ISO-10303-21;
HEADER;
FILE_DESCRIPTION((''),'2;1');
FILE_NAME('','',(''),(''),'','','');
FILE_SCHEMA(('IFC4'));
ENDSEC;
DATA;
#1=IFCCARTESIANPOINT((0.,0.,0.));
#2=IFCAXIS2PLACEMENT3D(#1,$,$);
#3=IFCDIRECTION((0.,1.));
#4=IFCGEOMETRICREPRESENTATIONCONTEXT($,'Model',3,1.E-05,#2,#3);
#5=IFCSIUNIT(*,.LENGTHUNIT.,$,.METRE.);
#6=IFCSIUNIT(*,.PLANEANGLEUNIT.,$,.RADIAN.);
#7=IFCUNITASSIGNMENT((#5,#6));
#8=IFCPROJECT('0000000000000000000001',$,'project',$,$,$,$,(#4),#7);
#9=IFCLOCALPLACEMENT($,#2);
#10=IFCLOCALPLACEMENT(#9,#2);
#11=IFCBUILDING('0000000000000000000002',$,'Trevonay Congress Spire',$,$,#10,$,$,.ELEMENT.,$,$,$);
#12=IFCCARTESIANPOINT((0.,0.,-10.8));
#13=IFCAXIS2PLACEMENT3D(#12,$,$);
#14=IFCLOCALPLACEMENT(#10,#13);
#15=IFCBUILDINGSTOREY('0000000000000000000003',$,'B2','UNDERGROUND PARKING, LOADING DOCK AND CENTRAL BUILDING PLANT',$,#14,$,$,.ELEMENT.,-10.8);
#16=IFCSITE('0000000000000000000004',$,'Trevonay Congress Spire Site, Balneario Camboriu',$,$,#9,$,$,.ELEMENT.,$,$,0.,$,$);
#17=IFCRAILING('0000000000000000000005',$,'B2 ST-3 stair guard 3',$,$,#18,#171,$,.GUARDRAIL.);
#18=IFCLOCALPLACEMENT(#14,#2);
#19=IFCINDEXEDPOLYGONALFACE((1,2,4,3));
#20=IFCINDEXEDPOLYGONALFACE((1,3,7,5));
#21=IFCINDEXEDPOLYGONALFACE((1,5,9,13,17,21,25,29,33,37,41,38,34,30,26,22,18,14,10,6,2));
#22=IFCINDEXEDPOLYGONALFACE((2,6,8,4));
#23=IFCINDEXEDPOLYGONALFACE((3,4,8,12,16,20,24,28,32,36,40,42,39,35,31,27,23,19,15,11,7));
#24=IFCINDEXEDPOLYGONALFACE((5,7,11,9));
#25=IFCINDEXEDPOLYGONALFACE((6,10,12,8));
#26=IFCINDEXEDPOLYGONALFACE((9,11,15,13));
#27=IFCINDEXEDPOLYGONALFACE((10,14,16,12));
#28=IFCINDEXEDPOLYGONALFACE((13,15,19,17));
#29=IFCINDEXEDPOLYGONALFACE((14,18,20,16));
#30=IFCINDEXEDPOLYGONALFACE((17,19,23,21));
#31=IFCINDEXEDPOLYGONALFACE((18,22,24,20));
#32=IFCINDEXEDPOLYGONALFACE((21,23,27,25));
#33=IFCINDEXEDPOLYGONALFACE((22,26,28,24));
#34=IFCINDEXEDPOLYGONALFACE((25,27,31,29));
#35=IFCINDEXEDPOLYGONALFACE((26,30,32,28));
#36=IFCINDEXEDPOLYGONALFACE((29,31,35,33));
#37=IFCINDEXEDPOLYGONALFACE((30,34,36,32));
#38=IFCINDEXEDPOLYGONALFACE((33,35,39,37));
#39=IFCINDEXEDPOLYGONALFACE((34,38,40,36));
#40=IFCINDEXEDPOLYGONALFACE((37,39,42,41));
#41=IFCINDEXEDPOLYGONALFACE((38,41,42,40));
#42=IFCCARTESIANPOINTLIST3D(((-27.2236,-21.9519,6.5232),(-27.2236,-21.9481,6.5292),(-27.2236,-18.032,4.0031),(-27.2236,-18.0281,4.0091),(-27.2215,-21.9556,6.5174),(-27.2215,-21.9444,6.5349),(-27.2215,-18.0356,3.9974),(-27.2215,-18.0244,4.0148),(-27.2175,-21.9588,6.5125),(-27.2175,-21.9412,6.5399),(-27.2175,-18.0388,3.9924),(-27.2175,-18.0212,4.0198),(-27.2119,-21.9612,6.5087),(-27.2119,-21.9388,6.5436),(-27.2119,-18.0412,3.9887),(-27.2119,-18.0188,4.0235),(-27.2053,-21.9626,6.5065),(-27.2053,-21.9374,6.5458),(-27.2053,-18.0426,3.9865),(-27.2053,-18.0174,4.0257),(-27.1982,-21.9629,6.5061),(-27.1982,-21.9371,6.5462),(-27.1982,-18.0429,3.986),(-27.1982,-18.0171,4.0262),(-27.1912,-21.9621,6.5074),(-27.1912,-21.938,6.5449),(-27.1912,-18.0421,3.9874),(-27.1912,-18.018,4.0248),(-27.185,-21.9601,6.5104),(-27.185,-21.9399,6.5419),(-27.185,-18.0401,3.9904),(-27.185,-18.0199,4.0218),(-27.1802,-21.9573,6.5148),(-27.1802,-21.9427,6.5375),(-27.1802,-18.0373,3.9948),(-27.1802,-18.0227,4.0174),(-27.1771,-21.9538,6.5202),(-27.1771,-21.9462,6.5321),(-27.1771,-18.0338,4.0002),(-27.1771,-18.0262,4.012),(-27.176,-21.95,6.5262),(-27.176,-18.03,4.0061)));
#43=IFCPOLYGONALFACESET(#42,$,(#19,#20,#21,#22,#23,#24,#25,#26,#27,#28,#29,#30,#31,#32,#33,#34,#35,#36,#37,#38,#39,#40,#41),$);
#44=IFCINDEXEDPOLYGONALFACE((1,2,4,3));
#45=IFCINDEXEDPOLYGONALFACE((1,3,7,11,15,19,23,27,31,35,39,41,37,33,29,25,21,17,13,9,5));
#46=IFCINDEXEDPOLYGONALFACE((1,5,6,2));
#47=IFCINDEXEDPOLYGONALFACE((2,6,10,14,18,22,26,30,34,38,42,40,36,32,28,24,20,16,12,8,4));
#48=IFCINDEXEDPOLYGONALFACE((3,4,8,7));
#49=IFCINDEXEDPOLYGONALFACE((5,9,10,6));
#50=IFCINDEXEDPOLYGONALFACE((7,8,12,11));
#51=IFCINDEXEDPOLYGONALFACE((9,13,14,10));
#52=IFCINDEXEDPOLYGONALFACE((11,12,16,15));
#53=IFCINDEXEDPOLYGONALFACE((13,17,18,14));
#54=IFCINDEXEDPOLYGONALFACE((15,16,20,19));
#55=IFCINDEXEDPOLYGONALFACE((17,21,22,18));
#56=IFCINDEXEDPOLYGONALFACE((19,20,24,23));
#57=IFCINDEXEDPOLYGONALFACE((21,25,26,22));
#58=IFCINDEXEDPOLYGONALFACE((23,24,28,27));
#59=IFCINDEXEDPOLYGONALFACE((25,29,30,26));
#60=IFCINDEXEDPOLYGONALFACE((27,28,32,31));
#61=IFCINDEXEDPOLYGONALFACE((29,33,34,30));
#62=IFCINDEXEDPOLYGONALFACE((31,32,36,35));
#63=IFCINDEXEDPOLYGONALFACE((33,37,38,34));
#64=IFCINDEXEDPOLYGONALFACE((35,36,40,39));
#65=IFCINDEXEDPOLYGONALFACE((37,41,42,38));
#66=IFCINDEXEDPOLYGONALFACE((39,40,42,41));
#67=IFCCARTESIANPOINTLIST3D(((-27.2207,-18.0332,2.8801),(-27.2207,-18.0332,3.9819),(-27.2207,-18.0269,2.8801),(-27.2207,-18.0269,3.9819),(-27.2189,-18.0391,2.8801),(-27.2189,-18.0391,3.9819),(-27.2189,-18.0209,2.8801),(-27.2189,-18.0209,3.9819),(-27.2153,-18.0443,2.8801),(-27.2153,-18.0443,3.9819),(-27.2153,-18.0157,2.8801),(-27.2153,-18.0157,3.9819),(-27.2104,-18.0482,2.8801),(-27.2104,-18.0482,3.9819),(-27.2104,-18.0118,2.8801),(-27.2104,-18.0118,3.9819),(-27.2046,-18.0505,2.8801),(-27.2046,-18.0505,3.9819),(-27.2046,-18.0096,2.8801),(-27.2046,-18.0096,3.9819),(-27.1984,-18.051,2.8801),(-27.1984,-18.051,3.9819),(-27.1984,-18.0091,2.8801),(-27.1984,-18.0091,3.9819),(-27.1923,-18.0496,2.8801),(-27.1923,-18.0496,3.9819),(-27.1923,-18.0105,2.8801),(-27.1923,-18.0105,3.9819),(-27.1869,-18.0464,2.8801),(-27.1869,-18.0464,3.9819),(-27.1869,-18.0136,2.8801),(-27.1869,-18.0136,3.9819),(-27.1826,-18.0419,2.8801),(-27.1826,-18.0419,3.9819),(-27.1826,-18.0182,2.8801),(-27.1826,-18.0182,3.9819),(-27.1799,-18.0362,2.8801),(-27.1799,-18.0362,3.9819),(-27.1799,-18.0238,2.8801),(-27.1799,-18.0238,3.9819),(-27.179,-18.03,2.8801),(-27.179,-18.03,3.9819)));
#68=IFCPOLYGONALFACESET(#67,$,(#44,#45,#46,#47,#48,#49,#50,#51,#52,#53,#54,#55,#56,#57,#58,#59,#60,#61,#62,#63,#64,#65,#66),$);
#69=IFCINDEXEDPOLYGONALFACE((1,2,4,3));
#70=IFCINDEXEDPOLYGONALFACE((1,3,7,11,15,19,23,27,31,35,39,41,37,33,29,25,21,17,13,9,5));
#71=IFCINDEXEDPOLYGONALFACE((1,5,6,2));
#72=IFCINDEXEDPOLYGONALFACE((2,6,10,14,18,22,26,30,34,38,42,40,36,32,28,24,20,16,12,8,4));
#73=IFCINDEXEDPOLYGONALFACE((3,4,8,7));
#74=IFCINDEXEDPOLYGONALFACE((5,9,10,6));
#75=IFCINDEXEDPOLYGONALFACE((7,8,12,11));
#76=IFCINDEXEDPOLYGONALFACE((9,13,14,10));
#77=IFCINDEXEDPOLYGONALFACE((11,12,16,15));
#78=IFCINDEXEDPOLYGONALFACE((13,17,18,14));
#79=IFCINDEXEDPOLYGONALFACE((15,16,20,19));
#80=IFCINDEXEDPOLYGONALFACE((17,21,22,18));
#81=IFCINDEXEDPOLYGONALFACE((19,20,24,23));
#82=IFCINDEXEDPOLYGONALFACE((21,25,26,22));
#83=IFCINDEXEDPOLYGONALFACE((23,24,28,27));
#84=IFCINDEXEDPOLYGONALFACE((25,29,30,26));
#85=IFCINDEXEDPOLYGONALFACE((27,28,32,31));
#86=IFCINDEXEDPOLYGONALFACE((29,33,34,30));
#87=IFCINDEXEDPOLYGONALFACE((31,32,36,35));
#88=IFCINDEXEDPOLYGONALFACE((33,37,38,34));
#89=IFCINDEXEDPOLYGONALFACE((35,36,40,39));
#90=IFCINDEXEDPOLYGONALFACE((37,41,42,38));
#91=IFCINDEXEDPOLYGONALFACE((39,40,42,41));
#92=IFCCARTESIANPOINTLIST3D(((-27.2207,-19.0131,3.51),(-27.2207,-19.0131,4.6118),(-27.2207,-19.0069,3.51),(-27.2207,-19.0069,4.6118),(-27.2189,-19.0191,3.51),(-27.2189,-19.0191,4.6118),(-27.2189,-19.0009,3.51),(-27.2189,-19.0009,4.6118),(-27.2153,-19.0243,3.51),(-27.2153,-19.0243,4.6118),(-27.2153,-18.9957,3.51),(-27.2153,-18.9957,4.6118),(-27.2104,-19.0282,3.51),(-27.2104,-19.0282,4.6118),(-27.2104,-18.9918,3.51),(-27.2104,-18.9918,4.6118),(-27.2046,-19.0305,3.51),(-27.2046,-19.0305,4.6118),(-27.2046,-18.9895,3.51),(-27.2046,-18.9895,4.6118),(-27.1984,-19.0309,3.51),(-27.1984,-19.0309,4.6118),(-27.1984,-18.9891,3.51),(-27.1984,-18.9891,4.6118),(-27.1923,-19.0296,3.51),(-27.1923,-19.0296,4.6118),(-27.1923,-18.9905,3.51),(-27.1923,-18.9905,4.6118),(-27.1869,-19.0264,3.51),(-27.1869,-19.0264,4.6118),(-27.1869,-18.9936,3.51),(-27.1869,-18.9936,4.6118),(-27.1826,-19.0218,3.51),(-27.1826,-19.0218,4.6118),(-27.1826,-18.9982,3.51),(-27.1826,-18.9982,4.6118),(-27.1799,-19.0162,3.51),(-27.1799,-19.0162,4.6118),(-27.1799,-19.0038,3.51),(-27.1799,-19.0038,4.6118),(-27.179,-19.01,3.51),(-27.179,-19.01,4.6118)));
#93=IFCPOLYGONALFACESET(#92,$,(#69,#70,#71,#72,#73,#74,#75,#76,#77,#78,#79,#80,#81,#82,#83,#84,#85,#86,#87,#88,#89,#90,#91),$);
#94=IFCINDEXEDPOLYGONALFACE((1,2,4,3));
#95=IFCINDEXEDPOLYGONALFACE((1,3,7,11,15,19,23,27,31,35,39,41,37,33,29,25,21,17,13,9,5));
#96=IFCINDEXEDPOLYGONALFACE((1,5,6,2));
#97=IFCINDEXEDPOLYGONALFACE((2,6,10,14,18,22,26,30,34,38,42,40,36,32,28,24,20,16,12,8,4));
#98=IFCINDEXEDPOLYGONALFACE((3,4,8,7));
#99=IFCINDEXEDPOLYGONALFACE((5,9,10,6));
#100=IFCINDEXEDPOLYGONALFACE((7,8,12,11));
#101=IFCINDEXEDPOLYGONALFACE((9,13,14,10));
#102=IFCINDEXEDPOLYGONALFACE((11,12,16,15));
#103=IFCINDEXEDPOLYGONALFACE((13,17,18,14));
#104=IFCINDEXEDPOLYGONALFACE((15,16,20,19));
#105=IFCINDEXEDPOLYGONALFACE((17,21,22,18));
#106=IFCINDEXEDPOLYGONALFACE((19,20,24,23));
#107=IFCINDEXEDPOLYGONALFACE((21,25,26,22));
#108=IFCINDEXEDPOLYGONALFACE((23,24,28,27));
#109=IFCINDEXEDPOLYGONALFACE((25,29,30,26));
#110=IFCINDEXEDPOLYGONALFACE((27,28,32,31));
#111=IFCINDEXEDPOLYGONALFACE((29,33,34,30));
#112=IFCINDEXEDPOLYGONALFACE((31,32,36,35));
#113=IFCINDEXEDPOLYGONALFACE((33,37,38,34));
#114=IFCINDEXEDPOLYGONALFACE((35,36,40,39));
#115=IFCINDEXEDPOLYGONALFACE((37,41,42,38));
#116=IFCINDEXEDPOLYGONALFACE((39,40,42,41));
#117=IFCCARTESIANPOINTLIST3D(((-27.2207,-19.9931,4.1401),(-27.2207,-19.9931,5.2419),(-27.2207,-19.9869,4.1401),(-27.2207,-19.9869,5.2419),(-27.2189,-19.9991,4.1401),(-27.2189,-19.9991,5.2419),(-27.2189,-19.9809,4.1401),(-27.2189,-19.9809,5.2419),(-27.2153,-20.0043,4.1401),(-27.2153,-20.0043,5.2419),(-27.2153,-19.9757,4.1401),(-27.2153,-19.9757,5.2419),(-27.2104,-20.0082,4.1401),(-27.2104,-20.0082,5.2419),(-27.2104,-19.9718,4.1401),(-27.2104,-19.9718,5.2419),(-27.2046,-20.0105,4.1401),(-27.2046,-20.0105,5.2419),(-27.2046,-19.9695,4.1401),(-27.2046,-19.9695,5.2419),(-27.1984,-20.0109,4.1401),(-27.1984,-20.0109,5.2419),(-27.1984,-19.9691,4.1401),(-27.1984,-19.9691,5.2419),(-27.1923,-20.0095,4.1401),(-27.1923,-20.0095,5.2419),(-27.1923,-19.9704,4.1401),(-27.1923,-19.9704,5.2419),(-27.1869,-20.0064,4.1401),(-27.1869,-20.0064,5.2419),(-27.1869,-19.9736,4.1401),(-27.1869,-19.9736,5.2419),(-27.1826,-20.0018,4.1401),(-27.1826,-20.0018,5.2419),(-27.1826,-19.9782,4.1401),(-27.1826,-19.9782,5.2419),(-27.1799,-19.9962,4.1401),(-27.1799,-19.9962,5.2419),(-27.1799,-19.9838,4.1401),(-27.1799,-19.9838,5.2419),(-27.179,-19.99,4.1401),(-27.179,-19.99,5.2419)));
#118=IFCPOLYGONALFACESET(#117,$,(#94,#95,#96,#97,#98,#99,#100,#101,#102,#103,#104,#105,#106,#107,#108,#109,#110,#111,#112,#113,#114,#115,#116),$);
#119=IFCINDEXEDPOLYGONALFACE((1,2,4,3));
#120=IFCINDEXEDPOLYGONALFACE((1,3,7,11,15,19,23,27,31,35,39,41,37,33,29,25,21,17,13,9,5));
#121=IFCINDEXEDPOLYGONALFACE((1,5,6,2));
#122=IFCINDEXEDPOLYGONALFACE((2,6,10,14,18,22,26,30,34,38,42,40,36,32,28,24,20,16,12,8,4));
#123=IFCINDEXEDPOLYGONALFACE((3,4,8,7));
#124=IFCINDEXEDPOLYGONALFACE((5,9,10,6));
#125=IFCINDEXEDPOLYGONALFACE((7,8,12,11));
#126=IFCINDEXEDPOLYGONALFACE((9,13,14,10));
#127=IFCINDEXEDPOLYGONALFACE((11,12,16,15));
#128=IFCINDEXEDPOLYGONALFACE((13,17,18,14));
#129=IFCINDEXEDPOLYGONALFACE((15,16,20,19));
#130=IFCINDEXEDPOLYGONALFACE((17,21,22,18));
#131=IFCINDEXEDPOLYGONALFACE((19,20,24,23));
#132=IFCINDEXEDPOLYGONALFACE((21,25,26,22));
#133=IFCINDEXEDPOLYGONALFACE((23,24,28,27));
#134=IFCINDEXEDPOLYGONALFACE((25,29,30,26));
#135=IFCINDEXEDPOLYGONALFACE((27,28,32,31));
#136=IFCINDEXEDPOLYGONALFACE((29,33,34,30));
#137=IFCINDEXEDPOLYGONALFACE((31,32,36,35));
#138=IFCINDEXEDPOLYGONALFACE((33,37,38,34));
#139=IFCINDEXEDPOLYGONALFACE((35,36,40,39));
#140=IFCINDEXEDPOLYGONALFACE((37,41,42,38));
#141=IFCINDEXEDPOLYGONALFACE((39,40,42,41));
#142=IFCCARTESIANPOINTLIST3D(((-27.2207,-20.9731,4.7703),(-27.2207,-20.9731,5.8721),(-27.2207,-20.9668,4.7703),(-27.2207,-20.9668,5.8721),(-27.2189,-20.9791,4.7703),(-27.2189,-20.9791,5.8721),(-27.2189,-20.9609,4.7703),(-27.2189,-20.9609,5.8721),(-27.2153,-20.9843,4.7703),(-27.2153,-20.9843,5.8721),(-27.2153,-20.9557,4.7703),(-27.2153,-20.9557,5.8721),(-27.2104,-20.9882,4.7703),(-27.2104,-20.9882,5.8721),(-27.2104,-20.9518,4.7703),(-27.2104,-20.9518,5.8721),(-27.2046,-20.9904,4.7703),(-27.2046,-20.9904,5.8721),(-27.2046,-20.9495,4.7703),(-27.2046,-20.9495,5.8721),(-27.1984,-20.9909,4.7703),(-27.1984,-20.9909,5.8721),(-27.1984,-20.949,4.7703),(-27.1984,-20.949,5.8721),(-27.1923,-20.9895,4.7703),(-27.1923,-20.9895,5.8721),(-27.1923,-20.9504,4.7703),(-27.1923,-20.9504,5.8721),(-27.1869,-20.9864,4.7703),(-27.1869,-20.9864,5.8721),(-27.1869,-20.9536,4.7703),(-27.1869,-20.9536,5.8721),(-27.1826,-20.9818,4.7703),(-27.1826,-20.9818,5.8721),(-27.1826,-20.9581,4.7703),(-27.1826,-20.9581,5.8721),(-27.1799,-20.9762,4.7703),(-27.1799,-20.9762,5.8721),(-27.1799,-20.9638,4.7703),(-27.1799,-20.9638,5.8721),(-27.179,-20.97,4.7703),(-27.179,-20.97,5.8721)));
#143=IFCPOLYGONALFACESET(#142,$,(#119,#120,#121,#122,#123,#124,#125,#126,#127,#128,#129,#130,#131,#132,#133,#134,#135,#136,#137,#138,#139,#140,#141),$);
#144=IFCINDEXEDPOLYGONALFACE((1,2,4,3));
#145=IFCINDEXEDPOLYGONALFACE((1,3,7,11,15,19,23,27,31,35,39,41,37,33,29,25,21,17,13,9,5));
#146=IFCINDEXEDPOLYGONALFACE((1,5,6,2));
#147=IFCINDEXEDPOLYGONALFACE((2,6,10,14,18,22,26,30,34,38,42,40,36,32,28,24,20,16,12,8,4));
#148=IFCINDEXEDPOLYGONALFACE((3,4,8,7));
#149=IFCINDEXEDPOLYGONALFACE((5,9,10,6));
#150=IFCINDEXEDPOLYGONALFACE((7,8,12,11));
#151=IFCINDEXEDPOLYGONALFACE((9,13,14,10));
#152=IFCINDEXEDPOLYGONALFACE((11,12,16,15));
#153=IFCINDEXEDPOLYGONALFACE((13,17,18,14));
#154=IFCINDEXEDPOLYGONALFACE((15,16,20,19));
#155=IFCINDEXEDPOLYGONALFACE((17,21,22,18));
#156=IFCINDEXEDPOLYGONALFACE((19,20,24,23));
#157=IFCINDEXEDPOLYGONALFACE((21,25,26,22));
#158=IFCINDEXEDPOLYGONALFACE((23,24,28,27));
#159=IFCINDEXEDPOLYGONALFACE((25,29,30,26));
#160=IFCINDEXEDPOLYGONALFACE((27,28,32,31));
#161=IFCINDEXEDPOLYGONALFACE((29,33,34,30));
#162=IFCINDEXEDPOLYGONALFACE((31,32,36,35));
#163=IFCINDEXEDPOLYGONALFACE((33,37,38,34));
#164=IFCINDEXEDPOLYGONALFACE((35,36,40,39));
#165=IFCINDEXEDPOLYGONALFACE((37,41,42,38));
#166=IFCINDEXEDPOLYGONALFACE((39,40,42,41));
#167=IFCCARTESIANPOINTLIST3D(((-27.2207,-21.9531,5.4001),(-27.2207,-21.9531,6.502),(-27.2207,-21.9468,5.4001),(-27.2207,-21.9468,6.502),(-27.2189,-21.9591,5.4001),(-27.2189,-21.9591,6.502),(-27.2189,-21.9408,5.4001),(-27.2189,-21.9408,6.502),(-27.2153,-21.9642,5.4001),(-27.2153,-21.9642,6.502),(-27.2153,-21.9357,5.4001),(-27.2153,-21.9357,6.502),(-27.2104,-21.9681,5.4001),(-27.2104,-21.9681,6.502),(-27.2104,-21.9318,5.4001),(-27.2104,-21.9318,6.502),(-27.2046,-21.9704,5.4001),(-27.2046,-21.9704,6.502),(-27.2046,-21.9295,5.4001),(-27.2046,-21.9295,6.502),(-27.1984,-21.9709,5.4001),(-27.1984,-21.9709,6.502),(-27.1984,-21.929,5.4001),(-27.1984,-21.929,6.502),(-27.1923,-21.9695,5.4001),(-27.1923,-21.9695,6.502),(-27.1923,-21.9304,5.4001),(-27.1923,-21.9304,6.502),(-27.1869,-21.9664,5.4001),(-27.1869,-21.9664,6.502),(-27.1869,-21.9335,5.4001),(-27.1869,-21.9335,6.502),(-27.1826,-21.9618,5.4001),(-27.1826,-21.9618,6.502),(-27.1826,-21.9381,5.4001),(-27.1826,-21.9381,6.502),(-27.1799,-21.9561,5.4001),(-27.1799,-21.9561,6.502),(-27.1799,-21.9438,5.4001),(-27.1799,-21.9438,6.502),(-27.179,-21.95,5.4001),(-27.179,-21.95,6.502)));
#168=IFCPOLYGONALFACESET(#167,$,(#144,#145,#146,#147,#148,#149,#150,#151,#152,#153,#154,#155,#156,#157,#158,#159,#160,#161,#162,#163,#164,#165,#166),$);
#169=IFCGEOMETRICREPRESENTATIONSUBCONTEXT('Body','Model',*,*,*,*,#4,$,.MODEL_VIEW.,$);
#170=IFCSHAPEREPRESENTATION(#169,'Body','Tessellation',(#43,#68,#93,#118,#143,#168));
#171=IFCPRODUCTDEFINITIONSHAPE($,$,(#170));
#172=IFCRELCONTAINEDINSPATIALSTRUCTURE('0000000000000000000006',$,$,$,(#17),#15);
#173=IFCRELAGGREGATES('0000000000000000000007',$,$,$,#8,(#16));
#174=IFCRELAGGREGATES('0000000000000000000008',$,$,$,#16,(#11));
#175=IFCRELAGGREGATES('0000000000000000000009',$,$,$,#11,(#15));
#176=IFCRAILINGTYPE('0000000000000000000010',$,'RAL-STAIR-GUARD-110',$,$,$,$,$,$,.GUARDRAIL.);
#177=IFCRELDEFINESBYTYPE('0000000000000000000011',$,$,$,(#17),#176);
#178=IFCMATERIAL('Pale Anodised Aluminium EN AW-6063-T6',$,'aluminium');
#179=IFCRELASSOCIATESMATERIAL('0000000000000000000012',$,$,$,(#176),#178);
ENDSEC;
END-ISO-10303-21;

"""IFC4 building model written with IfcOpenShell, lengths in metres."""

from ifc_helpers import new_model, si_unit, direction, frame, origin, origin_2d, place, context, subcontext, project, spatial, circle, extrude, material, type_object, element, save


model = new_model("IFC4")

# Units and contexts
model_context = context("Model", 3, precision=1e-05, world=origin(), true_north=direction((0.0, 1.0)))
body_context = subcontext(model_context, "Body", "Model", "MODEL_VIEW")
ifc_project = project(units=[si_unit("LENGTHUNIT", "METRE"), si_unit("PLANEANGLEUNIT", "RADIAN")], contexts=[model_context])

# Site, building, storey
site_placement = place(None, origin())
site = spatial("IfcSite", under=ifc_project, at=site_placement, Name="Trevonay Congress Spire Site, Balneario Camboriu", CompositionType="ELEMENT", RefElevation=0.0)
building_placement = place(site_placement, origin())
building = spatial("IfcBuilding", under=site, at=building_placement, Name="Trevonay Congress Spire", CompositionType="ELEMENT")
storey_placement = place(building_placement, frame((0.0, 0.0, -10.8)))
storey = spatial("IfcBuildingStorey", under=building, at=storey_placement, Name="B2", Description="UNDERGROUND PARKING, LOADING DOCK AND CENTRAL BUILDING PLANT", CompositionType="ELEMENT", Elevation=-10.8)

# Railing
ifc_material_1 = material(Name="Pale Anodised Aluminium EN AW-6063-T6", Category="aluminium")
railing_type_1 = type_object("IfcRailingType", Name="RAL-STAIR-GUARD-110", PredefinedType="GUARDRAIL", material=ifc_material_1)
railing_1_placement = place(storey_placement, frame((-27.2, -18.03, 2.8801)))
element("IfcRailing", 1, at=railing_1_placement, inside=storey, type_object=railing_type_1, Name="B2 ST-3 stair guard 3", PredefinedType="GUARDRAIL", context=body_context, shape_type="SweptSolid", body=[
    extrude(circle(Radius=0.0239, at=origin_2d()), frame((0.0, 0.0, 1.126), z_axis=(0.0, -0.841172, 0.540768), x_axis=(1.0, 0.0, 0.0)), (0.0, 0.0, 1.0), 4.6602),
    extrude(circle(Radius=0.021, at=origin_2d()), origin(), (0.0, 0.0, 1.0), 1.1018),
    extrude(circle(Radius=0.021, at=origin_2d()), frame((0.0, -0.98, 0.6299)), (0.0, 0.0, 1.0), 1.1018),
    extrude(circle(Radius=0.021, at=origin_2d()), frame((0.0, -1.96, 1.26)), (0.0, 0.0, 1.0), 1.1018),
    extrude(circle(Radius=0.021, at=origin_2d()), frame((0.0, -2.9399, 1.8901)), (0.0, 0.0, 1.0), 1.1018),
    extrude(circle(Radius=0.021, at=origin_2d()), frame((0.0, -3.9199, 2.52)), (0.0, 0.0, 1.0), 1.1018),
])

save(model, "model.ifc")
